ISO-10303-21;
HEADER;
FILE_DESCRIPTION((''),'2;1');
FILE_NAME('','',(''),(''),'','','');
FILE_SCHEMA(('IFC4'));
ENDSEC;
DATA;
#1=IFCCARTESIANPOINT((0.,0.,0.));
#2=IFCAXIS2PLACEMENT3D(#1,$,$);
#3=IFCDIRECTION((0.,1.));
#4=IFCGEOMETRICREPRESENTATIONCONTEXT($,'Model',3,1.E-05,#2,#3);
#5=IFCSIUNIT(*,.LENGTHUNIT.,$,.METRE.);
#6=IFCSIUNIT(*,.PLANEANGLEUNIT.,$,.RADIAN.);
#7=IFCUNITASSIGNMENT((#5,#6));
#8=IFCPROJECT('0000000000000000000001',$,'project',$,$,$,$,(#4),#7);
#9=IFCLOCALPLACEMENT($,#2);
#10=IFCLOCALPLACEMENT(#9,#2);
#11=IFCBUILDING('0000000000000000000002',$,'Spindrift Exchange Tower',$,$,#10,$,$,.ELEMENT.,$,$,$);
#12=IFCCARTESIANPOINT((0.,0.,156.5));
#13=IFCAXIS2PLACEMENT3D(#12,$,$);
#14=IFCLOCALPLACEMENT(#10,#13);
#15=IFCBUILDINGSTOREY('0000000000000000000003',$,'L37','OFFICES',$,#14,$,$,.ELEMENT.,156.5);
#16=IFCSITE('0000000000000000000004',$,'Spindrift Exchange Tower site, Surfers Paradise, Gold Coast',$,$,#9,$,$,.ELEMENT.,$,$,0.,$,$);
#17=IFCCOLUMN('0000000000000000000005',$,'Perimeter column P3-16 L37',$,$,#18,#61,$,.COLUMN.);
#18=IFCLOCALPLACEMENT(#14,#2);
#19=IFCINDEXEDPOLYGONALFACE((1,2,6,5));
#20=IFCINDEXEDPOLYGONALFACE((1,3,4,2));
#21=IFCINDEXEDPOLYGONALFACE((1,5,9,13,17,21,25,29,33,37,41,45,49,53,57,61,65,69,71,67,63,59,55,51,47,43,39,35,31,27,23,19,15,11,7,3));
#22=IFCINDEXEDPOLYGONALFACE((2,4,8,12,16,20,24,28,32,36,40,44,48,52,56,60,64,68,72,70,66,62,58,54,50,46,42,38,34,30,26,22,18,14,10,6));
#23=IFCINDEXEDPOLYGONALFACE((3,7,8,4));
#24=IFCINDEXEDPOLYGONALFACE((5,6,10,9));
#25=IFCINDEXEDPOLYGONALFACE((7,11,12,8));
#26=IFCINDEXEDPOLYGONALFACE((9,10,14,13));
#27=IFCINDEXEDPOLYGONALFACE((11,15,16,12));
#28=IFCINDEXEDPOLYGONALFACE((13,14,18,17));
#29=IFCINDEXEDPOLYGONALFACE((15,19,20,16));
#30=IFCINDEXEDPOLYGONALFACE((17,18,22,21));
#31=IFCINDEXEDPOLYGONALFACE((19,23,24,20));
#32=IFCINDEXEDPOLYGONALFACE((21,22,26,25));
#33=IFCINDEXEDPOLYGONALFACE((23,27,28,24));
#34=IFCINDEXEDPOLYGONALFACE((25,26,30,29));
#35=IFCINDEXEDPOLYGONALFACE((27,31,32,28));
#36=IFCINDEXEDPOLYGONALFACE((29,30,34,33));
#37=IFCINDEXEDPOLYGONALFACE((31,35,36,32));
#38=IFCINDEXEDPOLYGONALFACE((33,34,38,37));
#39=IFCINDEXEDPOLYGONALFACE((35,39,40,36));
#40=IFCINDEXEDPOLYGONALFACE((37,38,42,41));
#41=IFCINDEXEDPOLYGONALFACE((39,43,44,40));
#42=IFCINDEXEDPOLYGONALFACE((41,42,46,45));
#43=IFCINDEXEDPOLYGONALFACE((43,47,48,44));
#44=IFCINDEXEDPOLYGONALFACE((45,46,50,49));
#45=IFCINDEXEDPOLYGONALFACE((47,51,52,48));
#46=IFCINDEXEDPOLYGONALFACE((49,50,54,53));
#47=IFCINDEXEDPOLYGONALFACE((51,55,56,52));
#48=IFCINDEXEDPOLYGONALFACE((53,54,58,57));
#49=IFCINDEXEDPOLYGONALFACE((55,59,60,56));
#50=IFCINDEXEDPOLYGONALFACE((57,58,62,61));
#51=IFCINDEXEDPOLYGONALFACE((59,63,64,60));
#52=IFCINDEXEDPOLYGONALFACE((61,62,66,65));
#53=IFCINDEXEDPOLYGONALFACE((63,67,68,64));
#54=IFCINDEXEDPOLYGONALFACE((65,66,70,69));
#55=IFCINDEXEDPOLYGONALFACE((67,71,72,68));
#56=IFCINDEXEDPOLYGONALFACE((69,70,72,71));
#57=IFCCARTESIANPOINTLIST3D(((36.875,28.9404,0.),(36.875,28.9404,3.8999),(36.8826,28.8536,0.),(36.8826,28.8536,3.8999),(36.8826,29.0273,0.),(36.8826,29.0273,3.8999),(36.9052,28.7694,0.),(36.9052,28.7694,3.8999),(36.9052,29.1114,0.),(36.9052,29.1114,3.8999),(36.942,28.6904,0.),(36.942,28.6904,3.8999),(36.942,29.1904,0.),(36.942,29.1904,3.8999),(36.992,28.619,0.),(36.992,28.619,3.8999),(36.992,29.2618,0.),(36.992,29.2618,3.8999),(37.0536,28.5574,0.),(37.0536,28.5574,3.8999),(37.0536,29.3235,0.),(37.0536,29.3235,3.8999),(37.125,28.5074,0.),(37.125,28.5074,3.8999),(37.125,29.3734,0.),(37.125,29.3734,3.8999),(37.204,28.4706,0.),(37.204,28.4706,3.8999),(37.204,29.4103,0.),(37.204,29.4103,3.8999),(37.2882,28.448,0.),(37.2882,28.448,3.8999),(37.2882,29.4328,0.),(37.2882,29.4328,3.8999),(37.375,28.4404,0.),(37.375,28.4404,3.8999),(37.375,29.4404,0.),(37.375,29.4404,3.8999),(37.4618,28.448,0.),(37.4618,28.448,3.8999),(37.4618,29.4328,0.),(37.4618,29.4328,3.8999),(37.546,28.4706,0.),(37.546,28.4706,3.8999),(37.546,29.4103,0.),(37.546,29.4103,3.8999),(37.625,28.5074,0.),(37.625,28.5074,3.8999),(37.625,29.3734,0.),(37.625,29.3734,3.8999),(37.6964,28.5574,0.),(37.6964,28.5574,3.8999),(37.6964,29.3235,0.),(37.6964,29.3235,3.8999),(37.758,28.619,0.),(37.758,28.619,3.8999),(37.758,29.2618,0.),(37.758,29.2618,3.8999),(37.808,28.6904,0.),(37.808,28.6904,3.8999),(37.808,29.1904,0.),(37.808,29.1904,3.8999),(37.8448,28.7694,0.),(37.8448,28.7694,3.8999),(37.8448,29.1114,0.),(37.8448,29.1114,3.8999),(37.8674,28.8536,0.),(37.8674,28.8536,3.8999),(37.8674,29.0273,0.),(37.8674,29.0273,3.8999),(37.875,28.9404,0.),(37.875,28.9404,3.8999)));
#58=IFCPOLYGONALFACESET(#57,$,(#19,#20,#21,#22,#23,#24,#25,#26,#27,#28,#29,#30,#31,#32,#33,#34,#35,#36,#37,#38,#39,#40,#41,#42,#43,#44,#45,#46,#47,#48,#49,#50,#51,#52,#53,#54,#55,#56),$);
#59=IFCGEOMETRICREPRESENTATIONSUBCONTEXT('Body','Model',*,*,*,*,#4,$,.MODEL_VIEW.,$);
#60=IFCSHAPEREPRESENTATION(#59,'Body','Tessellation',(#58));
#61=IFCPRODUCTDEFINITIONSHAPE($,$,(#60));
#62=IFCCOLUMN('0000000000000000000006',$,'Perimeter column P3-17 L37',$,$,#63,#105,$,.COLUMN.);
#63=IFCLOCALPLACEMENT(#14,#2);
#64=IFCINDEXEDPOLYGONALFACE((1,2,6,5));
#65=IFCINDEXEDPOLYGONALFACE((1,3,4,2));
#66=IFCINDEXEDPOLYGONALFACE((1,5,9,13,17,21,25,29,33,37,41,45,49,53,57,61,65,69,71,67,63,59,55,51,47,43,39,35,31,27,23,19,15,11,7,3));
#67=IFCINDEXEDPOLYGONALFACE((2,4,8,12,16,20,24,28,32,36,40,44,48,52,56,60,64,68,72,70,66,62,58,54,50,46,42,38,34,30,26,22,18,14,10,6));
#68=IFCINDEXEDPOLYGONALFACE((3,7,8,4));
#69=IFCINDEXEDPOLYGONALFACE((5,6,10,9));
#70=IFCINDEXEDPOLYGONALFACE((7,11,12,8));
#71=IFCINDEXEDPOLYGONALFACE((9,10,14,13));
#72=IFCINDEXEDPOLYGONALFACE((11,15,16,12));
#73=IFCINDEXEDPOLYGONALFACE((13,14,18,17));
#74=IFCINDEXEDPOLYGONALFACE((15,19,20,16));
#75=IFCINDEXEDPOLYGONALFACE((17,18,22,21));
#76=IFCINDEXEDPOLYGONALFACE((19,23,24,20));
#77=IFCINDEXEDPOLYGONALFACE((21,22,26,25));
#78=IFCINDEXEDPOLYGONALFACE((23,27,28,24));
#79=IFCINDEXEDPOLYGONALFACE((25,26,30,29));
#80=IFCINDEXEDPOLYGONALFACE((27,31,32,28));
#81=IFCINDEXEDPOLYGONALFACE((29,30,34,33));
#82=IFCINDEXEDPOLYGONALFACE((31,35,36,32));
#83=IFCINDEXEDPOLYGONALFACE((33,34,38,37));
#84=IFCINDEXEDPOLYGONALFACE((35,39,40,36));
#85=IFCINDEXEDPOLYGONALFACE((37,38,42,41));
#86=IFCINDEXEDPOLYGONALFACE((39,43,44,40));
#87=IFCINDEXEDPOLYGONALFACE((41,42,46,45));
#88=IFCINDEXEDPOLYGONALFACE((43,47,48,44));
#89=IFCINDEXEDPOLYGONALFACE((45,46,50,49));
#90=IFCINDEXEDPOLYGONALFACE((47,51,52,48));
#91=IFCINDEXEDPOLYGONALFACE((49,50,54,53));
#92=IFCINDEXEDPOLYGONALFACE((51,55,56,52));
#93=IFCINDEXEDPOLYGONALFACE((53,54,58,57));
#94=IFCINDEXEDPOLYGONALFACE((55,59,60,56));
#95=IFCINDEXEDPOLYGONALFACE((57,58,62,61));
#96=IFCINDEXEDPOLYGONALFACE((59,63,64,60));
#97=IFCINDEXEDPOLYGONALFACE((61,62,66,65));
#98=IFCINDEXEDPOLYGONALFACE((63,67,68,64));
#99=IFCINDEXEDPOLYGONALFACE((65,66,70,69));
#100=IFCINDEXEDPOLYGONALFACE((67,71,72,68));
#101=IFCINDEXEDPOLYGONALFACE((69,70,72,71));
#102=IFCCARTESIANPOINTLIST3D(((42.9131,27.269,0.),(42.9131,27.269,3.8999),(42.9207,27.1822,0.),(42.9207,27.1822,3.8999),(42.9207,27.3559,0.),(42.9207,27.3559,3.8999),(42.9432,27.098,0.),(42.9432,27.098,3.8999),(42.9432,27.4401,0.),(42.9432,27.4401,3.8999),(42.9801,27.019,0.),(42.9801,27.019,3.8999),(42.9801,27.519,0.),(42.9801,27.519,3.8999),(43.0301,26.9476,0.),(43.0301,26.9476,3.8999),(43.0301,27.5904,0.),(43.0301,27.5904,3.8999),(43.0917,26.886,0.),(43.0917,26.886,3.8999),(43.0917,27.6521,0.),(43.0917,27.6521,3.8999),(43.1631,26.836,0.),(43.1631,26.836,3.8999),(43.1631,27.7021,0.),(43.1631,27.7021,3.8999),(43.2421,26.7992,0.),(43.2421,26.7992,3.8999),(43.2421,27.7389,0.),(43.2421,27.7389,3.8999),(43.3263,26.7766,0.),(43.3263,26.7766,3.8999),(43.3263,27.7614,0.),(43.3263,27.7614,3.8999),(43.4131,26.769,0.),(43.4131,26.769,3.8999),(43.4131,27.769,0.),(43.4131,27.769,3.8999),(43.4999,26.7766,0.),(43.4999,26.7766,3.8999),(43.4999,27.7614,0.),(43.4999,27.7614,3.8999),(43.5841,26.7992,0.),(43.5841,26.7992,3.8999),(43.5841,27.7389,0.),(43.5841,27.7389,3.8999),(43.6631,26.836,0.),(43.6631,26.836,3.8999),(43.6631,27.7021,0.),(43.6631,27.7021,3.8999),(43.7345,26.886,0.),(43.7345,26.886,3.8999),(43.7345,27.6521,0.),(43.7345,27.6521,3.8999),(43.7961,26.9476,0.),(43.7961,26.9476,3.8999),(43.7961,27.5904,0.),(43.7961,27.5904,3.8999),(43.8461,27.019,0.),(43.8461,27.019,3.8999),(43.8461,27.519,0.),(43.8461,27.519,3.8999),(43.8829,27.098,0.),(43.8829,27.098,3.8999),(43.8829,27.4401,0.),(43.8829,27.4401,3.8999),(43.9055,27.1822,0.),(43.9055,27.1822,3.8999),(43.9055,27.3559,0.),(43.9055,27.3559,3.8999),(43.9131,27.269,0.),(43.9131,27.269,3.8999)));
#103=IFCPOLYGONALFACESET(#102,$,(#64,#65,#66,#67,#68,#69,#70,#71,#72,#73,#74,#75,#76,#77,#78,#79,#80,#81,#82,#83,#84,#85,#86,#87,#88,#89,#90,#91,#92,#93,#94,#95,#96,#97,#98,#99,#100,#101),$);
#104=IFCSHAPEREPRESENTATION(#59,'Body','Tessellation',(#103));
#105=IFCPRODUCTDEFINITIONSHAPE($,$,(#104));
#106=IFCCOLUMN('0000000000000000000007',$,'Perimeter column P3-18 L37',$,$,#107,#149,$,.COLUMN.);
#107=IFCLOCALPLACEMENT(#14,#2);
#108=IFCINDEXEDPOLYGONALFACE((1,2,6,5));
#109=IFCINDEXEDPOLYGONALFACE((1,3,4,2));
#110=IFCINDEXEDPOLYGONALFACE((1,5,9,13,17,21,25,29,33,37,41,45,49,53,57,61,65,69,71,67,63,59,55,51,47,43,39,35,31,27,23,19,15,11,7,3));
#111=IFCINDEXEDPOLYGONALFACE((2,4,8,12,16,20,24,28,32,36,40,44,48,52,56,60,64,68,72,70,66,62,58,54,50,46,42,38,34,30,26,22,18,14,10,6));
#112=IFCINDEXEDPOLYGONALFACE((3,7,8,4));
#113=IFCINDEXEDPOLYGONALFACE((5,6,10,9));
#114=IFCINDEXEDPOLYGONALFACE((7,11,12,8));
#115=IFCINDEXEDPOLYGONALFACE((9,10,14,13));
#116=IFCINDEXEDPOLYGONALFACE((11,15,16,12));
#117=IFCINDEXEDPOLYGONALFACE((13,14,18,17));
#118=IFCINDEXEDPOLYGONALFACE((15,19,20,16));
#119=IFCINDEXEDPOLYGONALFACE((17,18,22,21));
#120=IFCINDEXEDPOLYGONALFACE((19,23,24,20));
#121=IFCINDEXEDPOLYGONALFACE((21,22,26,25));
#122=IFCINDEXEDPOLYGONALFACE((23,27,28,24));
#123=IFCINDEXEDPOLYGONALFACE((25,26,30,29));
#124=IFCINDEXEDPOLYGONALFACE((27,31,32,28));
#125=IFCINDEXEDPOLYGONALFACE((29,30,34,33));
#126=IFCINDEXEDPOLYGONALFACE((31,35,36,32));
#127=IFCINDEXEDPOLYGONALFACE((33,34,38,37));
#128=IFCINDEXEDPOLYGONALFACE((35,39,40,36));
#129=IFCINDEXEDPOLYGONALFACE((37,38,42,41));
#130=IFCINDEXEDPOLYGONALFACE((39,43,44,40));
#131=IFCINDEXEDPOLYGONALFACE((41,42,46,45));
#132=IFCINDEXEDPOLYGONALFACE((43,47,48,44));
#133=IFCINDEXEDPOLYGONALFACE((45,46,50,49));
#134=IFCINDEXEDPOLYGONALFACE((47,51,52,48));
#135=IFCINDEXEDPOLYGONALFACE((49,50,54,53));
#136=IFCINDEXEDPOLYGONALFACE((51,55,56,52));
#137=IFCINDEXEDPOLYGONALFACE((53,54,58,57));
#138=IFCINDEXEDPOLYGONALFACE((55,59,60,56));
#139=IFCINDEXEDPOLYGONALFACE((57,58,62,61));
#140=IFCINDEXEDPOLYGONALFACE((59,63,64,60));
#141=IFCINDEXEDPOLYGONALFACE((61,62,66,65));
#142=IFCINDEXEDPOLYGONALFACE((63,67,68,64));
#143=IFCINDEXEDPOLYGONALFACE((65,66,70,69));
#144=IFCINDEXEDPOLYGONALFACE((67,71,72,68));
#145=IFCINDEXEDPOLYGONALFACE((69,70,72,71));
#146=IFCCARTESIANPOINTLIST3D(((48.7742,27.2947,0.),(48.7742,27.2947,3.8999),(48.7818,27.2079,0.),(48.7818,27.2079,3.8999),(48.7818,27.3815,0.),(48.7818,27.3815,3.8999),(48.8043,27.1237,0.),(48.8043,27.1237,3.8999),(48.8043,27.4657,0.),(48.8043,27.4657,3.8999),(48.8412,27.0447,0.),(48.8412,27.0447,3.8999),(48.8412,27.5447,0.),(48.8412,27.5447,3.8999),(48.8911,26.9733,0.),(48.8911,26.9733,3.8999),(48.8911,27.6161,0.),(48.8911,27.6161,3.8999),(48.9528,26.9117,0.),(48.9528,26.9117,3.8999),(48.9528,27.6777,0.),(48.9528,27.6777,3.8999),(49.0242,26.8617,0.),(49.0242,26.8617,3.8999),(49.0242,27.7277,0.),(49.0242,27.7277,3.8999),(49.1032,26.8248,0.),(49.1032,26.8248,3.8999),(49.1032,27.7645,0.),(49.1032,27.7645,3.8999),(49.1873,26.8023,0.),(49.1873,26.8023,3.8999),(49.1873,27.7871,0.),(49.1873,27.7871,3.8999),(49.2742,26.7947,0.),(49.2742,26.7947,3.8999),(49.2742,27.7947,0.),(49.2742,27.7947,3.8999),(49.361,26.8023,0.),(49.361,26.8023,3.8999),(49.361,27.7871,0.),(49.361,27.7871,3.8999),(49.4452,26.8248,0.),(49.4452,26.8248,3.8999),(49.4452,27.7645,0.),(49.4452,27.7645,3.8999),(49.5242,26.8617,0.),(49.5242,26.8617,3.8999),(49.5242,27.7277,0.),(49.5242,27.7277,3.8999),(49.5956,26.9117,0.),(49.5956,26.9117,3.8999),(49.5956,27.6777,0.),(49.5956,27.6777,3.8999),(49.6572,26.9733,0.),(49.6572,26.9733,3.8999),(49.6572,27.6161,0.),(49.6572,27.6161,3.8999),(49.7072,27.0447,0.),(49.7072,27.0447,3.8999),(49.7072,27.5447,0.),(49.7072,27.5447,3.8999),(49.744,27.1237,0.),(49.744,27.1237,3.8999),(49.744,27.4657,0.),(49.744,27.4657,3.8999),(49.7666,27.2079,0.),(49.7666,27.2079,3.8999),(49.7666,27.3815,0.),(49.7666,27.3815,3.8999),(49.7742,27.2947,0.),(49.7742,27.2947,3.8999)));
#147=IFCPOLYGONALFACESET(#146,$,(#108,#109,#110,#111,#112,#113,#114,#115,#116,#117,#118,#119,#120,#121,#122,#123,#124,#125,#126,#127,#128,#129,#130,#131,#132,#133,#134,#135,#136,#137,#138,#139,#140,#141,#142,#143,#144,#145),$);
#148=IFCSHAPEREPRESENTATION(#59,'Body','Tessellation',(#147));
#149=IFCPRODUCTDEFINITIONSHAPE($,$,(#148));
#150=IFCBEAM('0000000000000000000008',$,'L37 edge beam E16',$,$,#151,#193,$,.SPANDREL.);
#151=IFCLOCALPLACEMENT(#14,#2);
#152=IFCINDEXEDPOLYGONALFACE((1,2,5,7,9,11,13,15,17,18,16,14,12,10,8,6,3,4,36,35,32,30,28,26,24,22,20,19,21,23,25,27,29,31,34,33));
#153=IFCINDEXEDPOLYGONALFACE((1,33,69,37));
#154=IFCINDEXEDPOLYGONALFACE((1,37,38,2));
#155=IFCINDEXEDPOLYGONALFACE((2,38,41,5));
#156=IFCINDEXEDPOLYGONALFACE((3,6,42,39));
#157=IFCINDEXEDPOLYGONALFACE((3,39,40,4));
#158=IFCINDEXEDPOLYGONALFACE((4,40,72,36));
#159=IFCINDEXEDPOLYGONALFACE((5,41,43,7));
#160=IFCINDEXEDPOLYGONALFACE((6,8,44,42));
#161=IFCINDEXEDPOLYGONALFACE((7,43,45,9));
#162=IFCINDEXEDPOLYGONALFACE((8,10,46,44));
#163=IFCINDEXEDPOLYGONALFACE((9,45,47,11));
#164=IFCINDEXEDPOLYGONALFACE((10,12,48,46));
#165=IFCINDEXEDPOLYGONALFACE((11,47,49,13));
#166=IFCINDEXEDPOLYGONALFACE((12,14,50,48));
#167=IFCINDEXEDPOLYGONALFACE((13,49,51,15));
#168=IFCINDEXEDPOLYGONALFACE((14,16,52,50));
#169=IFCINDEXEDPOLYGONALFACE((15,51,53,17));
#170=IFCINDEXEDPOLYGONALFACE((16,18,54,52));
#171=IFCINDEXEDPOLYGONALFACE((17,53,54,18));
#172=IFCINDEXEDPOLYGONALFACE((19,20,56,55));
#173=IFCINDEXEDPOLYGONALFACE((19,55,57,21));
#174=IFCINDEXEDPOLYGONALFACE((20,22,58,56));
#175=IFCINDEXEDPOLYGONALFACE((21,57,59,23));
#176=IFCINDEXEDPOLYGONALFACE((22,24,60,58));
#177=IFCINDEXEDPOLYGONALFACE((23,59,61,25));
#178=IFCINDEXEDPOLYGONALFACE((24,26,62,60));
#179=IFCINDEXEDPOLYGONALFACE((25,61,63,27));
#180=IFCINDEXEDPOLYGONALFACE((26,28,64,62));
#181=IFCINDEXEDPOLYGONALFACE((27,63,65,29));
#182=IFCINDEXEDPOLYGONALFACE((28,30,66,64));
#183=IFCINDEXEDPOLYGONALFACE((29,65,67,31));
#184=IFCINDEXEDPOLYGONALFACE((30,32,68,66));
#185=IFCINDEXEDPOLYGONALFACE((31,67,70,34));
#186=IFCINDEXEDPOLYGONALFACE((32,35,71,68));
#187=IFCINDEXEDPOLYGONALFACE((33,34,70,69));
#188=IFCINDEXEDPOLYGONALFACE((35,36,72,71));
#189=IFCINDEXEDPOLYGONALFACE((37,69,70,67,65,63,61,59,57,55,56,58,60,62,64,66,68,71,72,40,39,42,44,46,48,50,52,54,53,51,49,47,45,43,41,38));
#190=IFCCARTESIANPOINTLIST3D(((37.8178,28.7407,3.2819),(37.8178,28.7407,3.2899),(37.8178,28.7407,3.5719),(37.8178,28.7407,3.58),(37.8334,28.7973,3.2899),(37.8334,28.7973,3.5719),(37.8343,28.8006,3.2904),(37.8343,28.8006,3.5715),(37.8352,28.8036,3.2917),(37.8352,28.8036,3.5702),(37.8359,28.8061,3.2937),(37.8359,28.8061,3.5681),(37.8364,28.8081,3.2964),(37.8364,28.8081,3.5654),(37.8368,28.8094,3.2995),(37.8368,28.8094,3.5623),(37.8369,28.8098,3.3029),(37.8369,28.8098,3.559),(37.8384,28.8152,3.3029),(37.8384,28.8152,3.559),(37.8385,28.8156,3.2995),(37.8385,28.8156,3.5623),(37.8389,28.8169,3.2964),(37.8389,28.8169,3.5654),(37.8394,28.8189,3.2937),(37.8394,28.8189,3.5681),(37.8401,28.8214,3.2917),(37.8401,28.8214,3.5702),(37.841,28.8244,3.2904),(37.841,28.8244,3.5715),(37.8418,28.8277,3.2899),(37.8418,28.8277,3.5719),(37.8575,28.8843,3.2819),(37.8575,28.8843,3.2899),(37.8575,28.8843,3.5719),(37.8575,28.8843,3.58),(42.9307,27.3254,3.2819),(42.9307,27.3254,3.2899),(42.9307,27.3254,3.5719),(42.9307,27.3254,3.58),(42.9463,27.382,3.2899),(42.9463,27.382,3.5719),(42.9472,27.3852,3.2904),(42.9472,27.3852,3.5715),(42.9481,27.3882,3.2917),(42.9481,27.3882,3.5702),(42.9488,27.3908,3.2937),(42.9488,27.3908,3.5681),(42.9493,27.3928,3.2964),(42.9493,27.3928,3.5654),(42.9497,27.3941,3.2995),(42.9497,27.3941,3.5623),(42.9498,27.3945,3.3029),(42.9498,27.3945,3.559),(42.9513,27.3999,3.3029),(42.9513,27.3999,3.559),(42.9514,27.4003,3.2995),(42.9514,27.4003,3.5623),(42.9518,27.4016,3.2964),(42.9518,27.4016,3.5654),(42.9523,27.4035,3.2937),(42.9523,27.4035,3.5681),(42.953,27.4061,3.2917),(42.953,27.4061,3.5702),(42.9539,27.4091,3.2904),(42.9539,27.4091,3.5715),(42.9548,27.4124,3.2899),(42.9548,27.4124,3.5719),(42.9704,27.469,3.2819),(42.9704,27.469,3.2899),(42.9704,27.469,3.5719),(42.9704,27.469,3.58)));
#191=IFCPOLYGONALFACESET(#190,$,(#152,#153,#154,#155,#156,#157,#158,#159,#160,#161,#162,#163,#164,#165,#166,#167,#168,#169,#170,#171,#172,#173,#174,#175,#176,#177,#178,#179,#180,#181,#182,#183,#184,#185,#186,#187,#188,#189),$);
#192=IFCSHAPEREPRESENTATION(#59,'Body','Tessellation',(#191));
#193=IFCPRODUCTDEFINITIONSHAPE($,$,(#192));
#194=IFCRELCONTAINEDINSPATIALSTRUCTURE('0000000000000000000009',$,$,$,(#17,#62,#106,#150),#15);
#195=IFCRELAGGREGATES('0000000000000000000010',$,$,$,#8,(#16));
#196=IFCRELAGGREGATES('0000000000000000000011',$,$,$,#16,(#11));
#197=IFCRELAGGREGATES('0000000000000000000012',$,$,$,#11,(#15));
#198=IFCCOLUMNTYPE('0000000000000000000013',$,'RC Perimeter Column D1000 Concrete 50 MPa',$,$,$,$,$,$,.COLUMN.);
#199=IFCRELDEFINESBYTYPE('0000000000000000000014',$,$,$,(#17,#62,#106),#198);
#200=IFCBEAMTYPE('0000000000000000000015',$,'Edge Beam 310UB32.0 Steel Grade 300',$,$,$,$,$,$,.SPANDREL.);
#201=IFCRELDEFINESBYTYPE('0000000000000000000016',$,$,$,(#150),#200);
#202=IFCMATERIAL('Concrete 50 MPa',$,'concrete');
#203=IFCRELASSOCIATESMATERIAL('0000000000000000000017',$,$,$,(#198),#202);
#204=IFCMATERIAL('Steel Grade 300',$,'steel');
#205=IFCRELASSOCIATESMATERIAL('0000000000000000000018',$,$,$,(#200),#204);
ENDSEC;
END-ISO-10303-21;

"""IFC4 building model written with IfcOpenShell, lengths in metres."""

from ifc_helpers import new_model, si_unit, direction, frame, origin, origin_2d, place, context, subcontext, project, spatial, circle, i_section, extrude, source, transform, mapped, material, material_profile, profile_set, type_object, element, save


model = new_model("IFC4")

# Units and contexts
model_context = context("Model", 3, precision=1e-05, world=origin(), true_north=direction((0.0, 1.0)))
body_context = subcontext(model_context, "Body", "Model", "MODEL_VIEW")
ifc_project = project(units=[si_unit("LENGTHUNIT", "METRE"), si_unit("PLANEANGLEUNIT", "RADIAN")], contexts=[model_context])

# Site, building, storey
site_placement = place(None, origin())
site = spatial("IfcSite", under=ifc_project, at=site_placement, Name="Spindrift Exchange Tower site, Surfers Paradise, Gold Coast", CompositionType="ELEMENT", RefElevation=0.0)
building_placement = place(site_placement, origin())
building = spatial("IfcBuilding", under=site, at=building_placement, Name="Spindrift Exchange Tower", CompositionType="ELEMENT")
storey_placement = place(building_placement, frame((0.0, 0.0, 156.5)))
storey = spatial("IfcBuildingStorey", under=building, at=storey_placement, Name="L37", Description="OFFICES", CompositionType="ELEMENT", Elevation=156.5)

# Columns
ifc_material_1 = material(Name="Concrete 50 MPa", Category="concrete")
ifc_material_profile_1 = material_profile(ifc_material_1, circle(Radius=0.5, at=origin_2d()), Name="RC D1000")
ifc_profile_set_1 = profile_set([ifc_material_profile_1], Name="Concrete 50 MPa")
column_type = type_object("IfcColumnType", Name="RC Perimeter Column D1000 Concrete 50 MPa", PredefinedType="COLUMN", material=ifc_profile_set_1)
shared_shape_1 = source(origin(), body_context, "Body", "SweptSolid", [
    extrude(circle(Radius=0.5, at=origin_2d()), origin(), (0.0, 0.0, 1.0), 3.8999),
])
for number, where, z_axis, x_axis, name in (
    (1, (37.375, 28.9404, 0.0), (0.0, 0.0, 1.0), (1.0, 0.0, 0.0), "Perimeter column P3-16 L37"),
    (2, (43.4131, 27.269, 0.0), (0.0, 0.0, 1.0), (1.0, 0.0, 0.0), "Perimeter column P3-17 L37"),
    (3, (49.2742, 27.2947, 0.0), (0.0, 0.0, 1.0), (1.0, 0.0, 0.0), "Perimeter column P3-18 L37"),
):
    element("IfcColumn", number, at=place(storey_placement, frame(where, z_axis=z_axis, x_axis=x_axis)), inside=storey, type_object=column_type, Name=name, PredefinedType="COLUMN", context=body_context, shape_type="MappedRepresentation", body=[
        mapped(shared_shape_1, transform((0.0, 0.0, 0.0), scale=1.0)),
    ])

# Beam
ifc_material_2 = material(Name="Steel Grade 300", Category="steel")
ifc_material_profile_2 = material_profile(ifc_material_2, i_section(OverallWidth=0.1489, OverallDepth=0.2981, WebThickness=0.0056, FlangeThickness=0.0081, FilletRadius=0.0129, at=origin_2d()), Name="310UB32.0")
ifc_profile_set_2 = profile_set([ifc_material_profile_2], Name="Steel Grade 300")
beam_type_1 = type_object("IfcBeamType", Name="Edge Beam 310UB32.0 Steel Grade 300", PredefinedType="SPANDREL", material=ifc_profile_set_2)
shared_shape_2 = source(origin(), body_context, "Body", "SweptSolid", [
    extrude(i_section(OverallWidth=0.1489, OverallDepth=0.2981, WebThickness=0.0056, FlangeThickness=0.0081, FilletRadius=0.0129, at=origin_2d()), origin(), (0.0, 0.0, 1.0), 5.3052),
])
beam_1_placement = place(storey_placement, frame((37.8376, 28.8125, 3.4309), z_axis=(0.963758, -0.26678, 0.0), x_axis=(0.26678, 0.963758, 0.0)))
element("IfcBeam", 4, at=beam_1_placement, inside=storey, type_object=beam_type_1, Name="L37 edge beam E16", PredefinedType="SPANDREL", context=body_context, shape_type="MappedRepresentation", body=[
    mapped(shared_shape_2, transform((0.0, 0.0, 0.0), scale=1.0)),
])

save(model, "model.ifc")
